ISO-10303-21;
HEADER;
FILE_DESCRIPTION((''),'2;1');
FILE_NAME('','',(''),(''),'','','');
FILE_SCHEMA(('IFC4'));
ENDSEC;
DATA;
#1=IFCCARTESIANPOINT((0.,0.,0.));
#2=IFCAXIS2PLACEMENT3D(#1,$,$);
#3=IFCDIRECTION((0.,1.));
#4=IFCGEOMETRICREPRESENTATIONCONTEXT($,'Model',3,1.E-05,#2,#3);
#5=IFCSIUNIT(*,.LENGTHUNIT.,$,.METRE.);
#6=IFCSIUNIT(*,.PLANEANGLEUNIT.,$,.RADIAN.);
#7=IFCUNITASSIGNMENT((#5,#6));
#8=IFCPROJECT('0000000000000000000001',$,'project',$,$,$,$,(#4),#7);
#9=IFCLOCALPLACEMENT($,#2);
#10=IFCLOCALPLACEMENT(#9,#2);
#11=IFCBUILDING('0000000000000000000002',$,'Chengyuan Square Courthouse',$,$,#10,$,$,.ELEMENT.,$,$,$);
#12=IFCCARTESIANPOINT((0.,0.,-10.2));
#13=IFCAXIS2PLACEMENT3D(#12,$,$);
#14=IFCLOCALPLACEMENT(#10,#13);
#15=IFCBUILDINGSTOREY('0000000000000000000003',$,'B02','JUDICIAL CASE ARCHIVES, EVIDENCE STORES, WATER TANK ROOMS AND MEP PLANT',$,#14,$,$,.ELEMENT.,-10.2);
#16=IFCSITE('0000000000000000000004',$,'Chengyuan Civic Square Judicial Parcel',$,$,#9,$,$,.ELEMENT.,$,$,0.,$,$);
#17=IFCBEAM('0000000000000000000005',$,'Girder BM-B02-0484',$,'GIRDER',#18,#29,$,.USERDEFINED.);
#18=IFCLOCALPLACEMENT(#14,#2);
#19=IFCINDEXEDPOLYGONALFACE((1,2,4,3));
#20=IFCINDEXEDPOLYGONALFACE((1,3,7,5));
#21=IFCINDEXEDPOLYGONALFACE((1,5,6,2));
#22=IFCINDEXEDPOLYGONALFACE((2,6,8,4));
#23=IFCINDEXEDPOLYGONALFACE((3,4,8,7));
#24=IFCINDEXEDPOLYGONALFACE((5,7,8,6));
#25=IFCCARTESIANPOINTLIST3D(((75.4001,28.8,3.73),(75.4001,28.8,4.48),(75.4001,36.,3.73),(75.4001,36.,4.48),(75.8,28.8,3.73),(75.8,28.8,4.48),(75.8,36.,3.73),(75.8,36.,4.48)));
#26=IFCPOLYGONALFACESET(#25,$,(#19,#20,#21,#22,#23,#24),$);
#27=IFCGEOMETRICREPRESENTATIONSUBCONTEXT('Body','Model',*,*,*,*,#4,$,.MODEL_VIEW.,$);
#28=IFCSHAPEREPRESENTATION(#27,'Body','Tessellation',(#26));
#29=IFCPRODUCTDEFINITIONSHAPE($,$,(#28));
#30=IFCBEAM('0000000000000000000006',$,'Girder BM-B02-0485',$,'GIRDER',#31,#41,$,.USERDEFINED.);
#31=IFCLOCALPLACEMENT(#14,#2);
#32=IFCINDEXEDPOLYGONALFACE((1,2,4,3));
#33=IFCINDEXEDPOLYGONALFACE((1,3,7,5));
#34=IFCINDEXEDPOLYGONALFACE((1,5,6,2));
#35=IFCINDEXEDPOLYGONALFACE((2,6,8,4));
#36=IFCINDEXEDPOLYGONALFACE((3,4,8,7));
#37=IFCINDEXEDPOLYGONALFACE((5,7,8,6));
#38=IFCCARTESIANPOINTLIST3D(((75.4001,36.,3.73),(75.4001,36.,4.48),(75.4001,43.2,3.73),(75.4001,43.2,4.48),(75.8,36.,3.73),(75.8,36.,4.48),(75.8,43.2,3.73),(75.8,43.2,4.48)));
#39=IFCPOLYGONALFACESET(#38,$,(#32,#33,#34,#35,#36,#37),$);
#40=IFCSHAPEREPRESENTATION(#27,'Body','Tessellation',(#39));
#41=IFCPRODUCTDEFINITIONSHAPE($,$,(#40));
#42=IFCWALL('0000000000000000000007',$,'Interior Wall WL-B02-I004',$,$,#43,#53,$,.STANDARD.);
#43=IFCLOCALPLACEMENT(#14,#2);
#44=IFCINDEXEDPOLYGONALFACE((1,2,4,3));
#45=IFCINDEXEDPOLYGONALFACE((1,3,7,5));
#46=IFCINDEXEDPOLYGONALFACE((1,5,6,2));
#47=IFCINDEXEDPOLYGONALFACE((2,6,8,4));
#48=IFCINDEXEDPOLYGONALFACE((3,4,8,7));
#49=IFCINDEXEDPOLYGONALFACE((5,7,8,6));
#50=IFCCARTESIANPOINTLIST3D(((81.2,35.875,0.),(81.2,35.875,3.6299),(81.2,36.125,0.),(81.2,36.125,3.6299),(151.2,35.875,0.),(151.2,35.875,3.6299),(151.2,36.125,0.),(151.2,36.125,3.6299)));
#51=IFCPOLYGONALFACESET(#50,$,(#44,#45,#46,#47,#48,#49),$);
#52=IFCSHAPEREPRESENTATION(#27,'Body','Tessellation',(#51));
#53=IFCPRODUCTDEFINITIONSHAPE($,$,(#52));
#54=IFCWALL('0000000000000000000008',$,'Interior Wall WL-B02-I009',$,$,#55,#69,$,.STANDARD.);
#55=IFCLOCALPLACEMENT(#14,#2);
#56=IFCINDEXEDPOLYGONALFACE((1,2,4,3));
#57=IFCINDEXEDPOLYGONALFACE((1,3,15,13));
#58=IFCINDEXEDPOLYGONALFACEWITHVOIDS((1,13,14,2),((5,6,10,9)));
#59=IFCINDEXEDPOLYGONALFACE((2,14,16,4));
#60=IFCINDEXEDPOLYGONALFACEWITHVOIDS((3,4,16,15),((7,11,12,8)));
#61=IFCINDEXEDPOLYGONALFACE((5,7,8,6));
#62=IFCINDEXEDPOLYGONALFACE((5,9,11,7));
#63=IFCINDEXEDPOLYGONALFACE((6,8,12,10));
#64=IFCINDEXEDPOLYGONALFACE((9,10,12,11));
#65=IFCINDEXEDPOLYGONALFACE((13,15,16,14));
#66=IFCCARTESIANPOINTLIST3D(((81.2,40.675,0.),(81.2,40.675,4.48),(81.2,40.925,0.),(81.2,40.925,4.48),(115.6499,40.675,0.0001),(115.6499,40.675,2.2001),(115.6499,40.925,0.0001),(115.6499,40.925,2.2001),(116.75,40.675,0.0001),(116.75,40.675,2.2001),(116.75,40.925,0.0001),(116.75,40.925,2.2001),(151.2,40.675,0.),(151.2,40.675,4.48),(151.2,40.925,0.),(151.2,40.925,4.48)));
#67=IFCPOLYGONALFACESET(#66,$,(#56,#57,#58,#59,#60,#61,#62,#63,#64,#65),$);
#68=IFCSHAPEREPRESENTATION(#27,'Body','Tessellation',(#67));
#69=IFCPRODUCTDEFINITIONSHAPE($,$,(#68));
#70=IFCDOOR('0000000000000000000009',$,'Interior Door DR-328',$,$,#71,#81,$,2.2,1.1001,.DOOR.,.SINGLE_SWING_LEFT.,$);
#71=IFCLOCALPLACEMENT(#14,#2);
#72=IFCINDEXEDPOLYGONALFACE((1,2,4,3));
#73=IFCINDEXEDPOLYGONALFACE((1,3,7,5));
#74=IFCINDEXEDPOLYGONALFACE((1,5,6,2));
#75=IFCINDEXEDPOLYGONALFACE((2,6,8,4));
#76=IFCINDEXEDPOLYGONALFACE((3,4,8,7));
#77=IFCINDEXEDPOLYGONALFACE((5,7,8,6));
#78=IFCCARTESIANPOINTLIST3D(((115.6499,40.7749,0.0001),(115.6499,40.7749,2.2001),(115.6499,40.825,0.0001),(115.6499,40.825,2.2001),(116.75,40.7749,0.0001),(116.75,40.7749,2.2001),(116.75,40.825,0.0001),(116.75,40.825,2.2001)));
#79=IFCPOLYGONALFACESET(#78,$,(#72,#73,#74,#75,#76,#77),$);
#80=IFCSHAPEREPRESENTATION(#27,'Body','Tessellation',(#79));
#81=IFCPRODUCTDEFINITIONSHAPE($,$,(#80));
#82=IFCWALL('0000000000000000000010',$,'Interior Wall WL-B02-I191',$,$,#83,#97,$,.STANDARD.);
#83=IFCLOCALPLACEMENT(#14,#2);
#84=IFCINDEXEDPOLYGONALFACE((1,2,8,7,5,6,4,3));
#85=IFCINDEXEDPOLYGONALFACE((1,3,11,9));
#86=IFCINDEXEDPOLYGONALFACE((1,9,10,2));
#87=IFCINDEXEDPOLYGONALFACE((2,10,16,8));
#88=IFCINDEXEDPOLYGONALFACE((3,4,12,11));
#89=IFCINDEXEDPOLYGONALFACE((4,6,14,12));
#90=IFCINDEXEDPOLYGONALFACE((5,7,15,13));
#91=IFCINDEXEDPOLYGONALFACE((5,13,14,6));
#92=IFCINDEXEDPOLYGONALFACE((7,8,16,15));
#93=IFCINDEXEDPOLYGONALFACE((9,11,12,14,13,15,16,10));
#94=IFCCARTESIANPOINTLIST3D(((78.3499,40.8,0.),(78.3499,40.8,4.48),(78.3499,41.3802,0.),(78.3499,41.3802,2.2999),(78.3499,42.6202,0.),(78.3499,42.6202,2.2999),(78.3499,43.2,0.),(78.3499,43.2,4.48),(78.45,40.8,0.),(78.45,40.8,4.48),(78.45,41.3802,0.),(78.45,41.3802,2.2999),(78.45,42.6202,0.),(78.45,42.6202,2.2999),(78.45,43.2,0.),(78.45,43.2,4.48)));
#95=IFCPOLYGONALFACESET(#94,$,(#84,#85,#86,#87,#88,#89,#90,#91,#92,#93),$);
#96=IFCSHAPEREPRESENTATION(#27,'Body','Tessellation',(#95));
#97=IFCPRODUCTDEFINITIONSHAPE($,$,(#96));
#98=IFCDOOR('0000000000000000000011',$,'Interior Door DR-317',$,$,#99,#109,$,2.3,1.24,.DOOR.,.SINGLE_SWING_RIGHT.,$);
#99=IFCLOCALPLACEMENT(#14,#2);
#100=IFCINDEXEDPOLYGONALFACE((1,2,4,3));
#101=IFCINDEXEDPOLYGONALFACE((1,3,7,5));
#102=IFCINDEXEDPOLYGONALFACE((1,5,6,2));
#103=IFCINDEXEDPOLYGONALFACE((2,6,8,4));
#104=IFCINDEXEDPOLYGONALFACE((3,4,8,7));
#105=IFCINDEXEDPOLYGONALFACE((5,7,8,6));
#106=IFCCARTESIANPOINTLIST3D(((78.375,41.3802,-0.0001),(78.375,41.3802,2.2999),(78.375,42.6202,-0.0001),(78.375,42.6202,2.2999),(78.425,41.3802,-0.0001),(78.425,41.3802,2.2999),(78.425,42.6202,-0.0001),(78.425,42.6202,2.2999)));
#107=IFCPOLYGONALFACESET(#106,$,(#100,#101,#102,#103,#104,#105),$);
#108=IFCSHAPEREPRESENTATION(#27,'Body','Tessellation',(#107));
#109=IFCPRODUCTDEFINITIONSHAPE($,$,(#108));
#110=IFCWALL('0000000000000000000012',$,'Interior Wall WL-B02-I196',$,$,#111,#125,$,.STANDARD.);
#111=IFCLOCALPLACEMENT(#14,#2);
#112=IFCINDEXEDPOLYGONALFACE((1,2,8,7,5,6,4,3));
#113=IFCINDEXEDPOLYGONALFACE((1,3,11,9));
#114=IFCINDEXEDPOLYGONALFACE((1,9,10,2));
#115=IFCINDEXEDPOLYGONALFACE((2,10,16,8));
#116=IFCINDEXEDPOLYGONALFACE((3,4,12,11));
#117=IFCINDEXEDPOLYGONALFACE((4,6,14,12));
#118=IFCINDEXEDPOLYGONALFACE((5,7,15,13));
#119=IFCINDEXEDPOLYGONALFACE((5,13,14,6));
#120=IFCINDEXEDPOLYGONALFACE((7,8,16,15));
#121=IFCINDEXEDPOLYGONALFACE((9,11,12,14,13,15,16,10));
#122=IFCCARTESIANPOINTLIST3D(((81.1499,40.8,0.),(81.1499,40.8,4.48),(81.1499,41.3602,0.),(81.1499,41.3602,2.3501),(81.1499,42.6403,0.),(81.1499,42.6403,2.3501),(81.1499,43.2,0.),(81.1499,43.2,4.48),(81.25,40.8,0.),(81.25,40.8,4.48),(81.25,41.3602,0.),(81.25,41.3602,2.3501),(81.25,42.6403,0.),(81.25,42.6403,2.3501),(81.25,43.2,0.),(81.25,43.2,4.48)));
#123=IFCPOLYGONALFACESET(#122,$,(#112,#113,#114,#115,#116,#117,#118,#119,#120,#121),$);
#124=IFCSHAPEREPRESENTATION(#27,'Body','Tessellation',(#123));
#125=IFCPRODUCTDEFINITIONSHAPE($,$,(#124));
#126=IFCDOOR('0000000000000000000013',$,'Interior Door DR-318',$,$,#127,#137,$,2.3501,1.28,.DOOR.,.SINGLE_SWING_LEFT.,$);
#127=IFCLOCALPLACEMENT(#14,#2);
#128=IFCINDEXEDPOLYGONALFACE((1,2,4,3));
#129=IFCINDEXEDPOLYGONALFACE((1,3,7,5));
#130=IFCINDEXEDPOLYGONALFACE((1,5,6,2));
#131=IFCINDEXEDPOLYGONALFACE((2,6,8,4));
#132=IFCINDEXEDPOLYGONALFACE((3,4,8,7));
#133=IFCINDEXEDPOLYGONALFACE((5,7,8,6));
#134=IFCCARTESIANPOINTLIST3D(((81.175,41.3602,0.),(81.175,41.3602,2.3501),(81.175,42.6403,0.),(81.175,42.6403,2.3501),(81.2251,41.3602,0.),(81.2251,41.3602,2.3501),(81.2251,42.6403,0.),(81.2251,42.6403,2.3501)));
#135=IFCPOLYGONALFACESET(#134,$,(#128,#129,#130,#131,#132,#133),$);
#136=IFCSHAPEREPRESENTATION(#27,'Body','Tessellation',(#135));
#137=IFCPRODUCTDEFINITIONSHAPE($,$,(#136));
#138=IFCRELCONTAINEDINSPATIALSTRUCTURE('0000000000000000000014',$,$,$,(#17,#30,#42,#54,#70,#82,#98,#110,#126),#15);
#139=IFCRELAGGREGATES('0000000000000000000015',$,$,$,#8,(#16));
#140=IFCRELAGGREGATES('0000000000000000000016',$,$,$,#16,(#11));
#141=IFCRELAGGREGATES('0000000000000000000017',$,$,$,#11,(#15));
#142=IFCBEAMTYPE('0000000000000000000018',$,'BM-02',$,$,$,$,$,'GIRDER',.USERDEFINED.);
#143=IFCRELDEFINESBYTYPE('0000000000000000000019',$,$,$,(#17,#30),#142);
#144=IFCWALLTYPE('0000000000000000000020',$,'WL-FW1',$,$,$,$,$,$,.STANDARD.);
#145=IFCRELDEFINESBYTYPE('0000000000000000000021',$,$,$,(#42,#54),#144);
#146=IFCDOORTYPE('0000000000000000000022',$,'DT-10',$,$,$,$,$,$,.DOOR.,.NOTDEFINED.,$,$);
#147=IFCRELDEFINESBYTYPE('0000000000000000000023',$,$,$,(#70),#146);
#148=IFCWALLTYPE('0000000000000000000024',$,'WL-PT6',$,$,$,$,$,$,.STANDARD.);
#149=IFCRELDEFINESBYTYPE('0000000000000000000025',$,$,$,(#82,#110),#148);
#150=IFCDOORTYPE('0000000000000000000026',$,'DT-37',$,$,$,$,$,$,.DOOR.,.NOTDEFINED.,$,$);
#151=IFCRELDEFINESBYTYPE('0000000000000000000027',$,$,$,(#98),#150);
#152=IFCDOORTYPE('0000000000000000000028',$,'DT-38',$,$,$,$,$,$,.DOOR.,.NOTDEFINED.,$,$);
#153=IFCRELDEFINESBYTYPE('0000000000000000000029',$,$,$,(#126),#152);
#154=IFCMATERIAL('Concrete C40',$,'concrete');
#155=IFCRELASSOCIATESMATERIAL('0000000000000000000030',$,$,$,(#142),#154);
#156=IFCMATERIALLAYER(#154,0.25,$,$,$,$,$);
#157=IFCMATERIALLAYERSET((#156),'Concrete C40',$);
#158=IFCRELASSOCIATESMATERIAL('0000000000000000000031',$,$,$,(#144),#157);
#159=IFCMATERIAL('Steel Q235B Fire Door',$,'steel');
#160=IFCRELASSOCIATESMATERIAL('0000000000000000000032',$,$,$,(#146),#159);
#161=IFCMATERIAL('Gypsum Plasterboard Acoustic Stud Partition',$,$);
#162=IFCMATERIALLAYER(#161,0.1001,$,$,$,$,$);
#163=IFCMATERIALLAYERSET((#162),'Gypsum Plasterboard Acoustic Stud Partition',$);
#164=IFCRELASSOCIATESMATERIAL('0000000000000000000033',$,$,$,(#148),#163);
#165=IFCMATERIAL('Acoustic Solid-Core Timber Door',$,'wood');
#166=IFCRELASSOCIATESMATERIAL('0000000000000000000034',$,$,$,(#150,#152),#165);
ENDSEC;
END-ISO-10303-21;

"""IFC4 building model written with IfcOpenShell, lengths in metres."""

from ifc_helpers import new_model, si_unit, direction, frame, frame_2d, origin, origin_2d, place, context, subcontext, project, spatial, rectangle, extrude, material, layer, layer_set, material_profile, profile_set, type_object, element, fill, save


model = new_model("IFC4")

# Units and contexts
model_context = context("Model", 3, precision=1e-05, world=origin(), true_north=direction((0.0, 1.0)))
body_context = subcontext(model_context, "Body", "Model", "MODEL_VIEW")
ifc_project = project(units=[si_unit("LENGTHUNIT", "METRE"), si_unit("PLANEANGLEUNIT", "RADIAN")], contexts=[model_context])

# Site, building, storey
site_placement = place(None, origin())
site = spatial("IfcSite", under=ifc_project, at=site_placement, Name="Chengyuan Civic Square Judicial Parcel", CompositionType="ELEMENT", RefElevation=0.0)
building_placement = place(site_placement, origin())
building = spatial("IfcBuilding", under=site, at=building_placement, Name="Chengyuan Square Courthouse", CompositionType="ELEMENT")
storey_placement = place(building_placement, frame((0.0, 0.0, -10.2)))
storey = spatial("IfcBuildingStorey", under=building, at=storey_placement, Name="B02", Description="JUDICIAL CASE ARCHIVES, EVIDENCE STORES, WATER TANK ROOMS AND MEP PLANT", CompositionType="ELEMENT", Elevation=-10.2)

# Shared definitions
ifc_material_1 = material(Name="Concrete C40", Category="concrete")

# Beams
ifc_material_profile_1 = material_profile(ifc_material_1, rectangle(XDim=0.3999, YDim=0.75, at=origin_2d()), Name="RC-BM-400x750")
ifc_profile_set_1 = profile_set([ifc_material_profile_1], Name="Concrete C40")
beam_type_1 = type_object("IfcBeamType", Name="BM-02", ElementType="GIRDER", PredefinedType="USERDEFINED", material=ifc_profile_set_1)
for number, where, z_axis, x_axis, name in (
    (1, (75.6001, 28.8, 4.105), (0.0, 1.0, 0.0), (-1.0, 0.0, 0.0), "Girder BM-B02-0484"),
    (2, (75.6001, 36.0, 4.105), (0.0, 1.0, 0.0), (-1.0, 0.0, 0.0), "Girder BM-B02-0485"),
):
    element("IfcBeam", number, at=place(storey_placement, frame(where, z_axis=z_axis, x_axis=x_axis)), inside=storey, type_object=beam_type_1, Name=name, ObjectType="GIRDER", PredefinedType="USERDEFINED", context=body_context, shape_type="SweptSolid", body=[
        extrude(rectangle(XDim=0.3999, YDim=0.75, at=origin_2d()), origin(), (0.0, 0.0, 1.0), 7.2),
    ])

# Wall
ifc_layer_1 = layer(ifc_material_1, 0.25)
ifc_layer_set_1 = layer_set([ifc_layer_1], Name="Concrete C40")
wall_type_1 = type_object("IfcWallType", Name="WL-FW1", PredefinedType="STANDARD", material=ifc_layer_set_1)
wall_1_placement = place(storey_placement, frame((81.2, 36.0, 0.0), z_axis=(0.0, 0.0, 1.0), x_axis=(1.0, 0.0, 0.0)))
element("IfcWall", 3, at=wall_1_placement, inside=storey, type_object=wall_type_1, Name="Interior Wall WL-B02-I004", PredefinedType="STANDARD", context=body_context, shape_type="SweptSolid", body=[
    extrude(rectangle(XDim=70.0, YDim=0.25, at=frame_2d((35.0, 0.0))), origin(), (0.0, 0.0, 1.0), 3.6299),
])

# Walls, openings, doors
wall_2_placement = place(storey_placement, frame((81.2, 40.8, 0.0), z_axis=(0.0, 0.0, 1.0), x_axis=(1.0, 0.0, 0.0)))
wall_2 = element("IfcWall", 4, at=wall_2_placement, inside=storey, type_object=wall_type_1, Name="Interior Wall WL-B02-I009", PredefinedType="STANDARD", context=body_context, shape_type="SweptSolid", body=[
    extrude(rectangle(XDim=70.0, YDim=0.25, at=frame_2d((35.0, 0.0))), origin(), (0.0, 0.0, 1.0), 4.48),
])
opening_1_placement = place(wall_2_placement, frame((34.45, 0.0, 0.0)))
opening_1 = element("IfcOpeningElement", 5, at=opening_1_placement, cuts=wall_2, PredefinedType="OPENING", context=body_context, shape_type="SweptSolid", body=[
    extrude(rectangle(XDim=1.1001, YDim=2.2, at=frame_2d((0.55, 1.1001))), frame((0.0, 0.137, 0.0), z_axis=(0.0, -1.0, 0.0), x_axis=(1.0, 0.0, 0.0)), (0.0, 0.0, 1.0), 0.2739),
])
ifc_material_2 = material(Name="Steel Q235B Fire Door", Category="steel")
door_type_1 = type_object("IfcDoorType", Name="DT-10", OperationType="NOTDEFINED", PredefinedType="DOOR", material=ifc_material_2)
door_1_placement = place(opening_1_placement, origin())
door_1 = element("IfcDoor", 6, at=door_1_placement, inside=storey, type_object=door_type_1, Name="Interior Door DR-328", OperationType="SINGLE_SWING_LEFT", OverallHeight=2.2, OverallWidth=1.1001, PredefinedType="DOOR", context=body_context, shape_type="SweptSolid", body=[
    extrude(rectangle(XDim=1.1001, YDim=2.2, at=frame_2d((0.55, 1.1001))), frame((0.0, 0.0249, 0.0), z_axis=(0.0, -1.0, 0.0), x_axis=(1.0, 0.0, 0.0)), (0.0, 0.0, 1.0), 0.05),
])
fill(opening_1, door_1)
ifc_material_3 = material(Name="Gypsum Plasterboard Acoustic Stud Partition")
ifc_layer_2 = layer(ifc_material_3, 0.1001)
ifc_layer_set_2 = layer_set([ifc_layer_2], Name="Gypsum Plasterboard Acoustic Stud Partition")
wall_type_2 = type_object("IfcWallType", Name="WL-PT6", PredefinedType="STANDARD", material=ifc_layer_set_2)
wall_3_placement = place(storey_placement, frame((78.3999, 40.8, 0.0), z_axis=(0.0, 0.0, 1.0), x_axis=(0.0, 1.0, 0.0)))
wall_3 = element("IfcWall", 7, at=wall_3_placement, inside=storey, type_object=wall_type_2, Name="Interior Wall WL-B02-I191", PredefinedType="STANDARD", context=body_context, shape_type="SweptSolid", body=[
    extrude(rectangle(XDim=2.3999, YDim=0.1001, at=frame_2d((1.2, 0.0))), origin(), (0.0, 0.0, 1.0), 4.48),
])
opening_2_placement = place(wall_3_placement, frame((0.5801, 0.0, 0.0)))
opening_2 = element("IfcOpeningElement", 8, at=opening_2_placement, cuts=wall_3, PredefinedType="OPENING", context=body_context, shape_type="SweptSolid", body=[
    extrude(rectangle(XDim=1.24, YDim=2.3, at=frame_2d((0.6201, 1.1499))), frame((0.0, 0.062, 0.0), z_axis=(0.0, -1.0, 0.0), x_axis=(1.0, 0.0, 0.0)), (0.0, 0.0, 1.0), 0.124),
])
ifc_material_4 = material(Name="Acoustic Solid-Core Timber Door", Category="wood")
door_type_2 = type_object("IfcDoorType", Name="DT-37", OperationType="NOTDEFINED", PredefinedType="DOOR", material=ifc_material_4)
door_2_placement = place(opening_2_placement, origin())
door_2 = element("IfcDoor", 9, at=door_2_placement, inside=storey, type_object=door_type_2, Name="Interior Door DR-317", OperationType="SINGLE_SWING_RIGHT", OverallHeight=2.3, OverallWidth=1.24, PredefinedType="DOOR", context=body_context, shape_type="SweptSolid", body=[
    extrude(rectangle(XDim=1.24, YDim=2.3, at=frame_2d((0.6201, 1.1499))), frame((0.0, 0.0249, 0.0), z_axis=(0.0, -1.0, 0.0), x_axis=(1.0, 0.0, 0.0)), (0.0, 0.0, 1.0), 0.05),
])
fill(opening_2, door_2)
wall_4_placement = place(storey_placement, frame((81.2, 40.8, 0.0), z_axis=(0.0, 0.0, 1.0), x_axis=(0.0, 1.0, 0.0)))
wall_4 = element("IfcWall", 10, at=wall_4_placement, inside=storey, type_object=wall_type_2, Name="Interior Wall WL-B02-I196", PredefinedType="STANDARD", context=body_context, shape_type="SweptSolid", body=[
    extrude(rectangle(XDim=2.3999, YDim=0.1001, at=frame_2d((1.2, 0.0))), origin(), (0.0, 0.0, 1.0), 4.48),
])
opening_3_placement = place(wall_4_placement, frame((0.5601, 0.0, 0.0)))
opening_3 = element("IfcOpeningElement", 11, at=opening_3_placement, cuts=wall_4, PredefinedType="OPENING", context=body_context, shape_type="SweptSolid", body=[
    extrude(rectangle(XDim=1.28, YDim=2.3501, at=frame_2d((0.6401, 1.175))), frame((0.0, 0.062, 0.0), z_axis=(0.0, -1.0, 0.0), x_axis=(1.0, 0.0, 0.0)), (0.0, 0.0, 1.0), 0.124),
])
door_type_3 = type_object("IfcDoorType", Name="DT-38", OperationType="NOTDEFINED", PredefinedType="DOOR", material=ifc_material_4)
door_3_placement = place(opening_3_placement, origin())
door_3 = element("IfcDoor", 12, at=door_3_placement, inside=storey, type_object=door_type_3, Name="Interior Door DR-318", OperationType="SINGLE_SWING_LEFT", OverallHeight=2.3501, OverallWidth=1.28, PredefinedType="DOOR", context=body_context, shape_type="SweptSolid", body=[
    extrude(rectangle(XDim=1.28, YDim=2.3501, at=frame_2d((0.6401, 1.175))), frame((0.0, 0.0249, 0.0), z_axis=(0.0, -1.0, 0.0), x_axis=(1.0, 0.0, 0.0)), (0.0, 0.0, 1.0), 0.05),
])
fill(opening_3, door_3)

save(model, "model.ifc")
